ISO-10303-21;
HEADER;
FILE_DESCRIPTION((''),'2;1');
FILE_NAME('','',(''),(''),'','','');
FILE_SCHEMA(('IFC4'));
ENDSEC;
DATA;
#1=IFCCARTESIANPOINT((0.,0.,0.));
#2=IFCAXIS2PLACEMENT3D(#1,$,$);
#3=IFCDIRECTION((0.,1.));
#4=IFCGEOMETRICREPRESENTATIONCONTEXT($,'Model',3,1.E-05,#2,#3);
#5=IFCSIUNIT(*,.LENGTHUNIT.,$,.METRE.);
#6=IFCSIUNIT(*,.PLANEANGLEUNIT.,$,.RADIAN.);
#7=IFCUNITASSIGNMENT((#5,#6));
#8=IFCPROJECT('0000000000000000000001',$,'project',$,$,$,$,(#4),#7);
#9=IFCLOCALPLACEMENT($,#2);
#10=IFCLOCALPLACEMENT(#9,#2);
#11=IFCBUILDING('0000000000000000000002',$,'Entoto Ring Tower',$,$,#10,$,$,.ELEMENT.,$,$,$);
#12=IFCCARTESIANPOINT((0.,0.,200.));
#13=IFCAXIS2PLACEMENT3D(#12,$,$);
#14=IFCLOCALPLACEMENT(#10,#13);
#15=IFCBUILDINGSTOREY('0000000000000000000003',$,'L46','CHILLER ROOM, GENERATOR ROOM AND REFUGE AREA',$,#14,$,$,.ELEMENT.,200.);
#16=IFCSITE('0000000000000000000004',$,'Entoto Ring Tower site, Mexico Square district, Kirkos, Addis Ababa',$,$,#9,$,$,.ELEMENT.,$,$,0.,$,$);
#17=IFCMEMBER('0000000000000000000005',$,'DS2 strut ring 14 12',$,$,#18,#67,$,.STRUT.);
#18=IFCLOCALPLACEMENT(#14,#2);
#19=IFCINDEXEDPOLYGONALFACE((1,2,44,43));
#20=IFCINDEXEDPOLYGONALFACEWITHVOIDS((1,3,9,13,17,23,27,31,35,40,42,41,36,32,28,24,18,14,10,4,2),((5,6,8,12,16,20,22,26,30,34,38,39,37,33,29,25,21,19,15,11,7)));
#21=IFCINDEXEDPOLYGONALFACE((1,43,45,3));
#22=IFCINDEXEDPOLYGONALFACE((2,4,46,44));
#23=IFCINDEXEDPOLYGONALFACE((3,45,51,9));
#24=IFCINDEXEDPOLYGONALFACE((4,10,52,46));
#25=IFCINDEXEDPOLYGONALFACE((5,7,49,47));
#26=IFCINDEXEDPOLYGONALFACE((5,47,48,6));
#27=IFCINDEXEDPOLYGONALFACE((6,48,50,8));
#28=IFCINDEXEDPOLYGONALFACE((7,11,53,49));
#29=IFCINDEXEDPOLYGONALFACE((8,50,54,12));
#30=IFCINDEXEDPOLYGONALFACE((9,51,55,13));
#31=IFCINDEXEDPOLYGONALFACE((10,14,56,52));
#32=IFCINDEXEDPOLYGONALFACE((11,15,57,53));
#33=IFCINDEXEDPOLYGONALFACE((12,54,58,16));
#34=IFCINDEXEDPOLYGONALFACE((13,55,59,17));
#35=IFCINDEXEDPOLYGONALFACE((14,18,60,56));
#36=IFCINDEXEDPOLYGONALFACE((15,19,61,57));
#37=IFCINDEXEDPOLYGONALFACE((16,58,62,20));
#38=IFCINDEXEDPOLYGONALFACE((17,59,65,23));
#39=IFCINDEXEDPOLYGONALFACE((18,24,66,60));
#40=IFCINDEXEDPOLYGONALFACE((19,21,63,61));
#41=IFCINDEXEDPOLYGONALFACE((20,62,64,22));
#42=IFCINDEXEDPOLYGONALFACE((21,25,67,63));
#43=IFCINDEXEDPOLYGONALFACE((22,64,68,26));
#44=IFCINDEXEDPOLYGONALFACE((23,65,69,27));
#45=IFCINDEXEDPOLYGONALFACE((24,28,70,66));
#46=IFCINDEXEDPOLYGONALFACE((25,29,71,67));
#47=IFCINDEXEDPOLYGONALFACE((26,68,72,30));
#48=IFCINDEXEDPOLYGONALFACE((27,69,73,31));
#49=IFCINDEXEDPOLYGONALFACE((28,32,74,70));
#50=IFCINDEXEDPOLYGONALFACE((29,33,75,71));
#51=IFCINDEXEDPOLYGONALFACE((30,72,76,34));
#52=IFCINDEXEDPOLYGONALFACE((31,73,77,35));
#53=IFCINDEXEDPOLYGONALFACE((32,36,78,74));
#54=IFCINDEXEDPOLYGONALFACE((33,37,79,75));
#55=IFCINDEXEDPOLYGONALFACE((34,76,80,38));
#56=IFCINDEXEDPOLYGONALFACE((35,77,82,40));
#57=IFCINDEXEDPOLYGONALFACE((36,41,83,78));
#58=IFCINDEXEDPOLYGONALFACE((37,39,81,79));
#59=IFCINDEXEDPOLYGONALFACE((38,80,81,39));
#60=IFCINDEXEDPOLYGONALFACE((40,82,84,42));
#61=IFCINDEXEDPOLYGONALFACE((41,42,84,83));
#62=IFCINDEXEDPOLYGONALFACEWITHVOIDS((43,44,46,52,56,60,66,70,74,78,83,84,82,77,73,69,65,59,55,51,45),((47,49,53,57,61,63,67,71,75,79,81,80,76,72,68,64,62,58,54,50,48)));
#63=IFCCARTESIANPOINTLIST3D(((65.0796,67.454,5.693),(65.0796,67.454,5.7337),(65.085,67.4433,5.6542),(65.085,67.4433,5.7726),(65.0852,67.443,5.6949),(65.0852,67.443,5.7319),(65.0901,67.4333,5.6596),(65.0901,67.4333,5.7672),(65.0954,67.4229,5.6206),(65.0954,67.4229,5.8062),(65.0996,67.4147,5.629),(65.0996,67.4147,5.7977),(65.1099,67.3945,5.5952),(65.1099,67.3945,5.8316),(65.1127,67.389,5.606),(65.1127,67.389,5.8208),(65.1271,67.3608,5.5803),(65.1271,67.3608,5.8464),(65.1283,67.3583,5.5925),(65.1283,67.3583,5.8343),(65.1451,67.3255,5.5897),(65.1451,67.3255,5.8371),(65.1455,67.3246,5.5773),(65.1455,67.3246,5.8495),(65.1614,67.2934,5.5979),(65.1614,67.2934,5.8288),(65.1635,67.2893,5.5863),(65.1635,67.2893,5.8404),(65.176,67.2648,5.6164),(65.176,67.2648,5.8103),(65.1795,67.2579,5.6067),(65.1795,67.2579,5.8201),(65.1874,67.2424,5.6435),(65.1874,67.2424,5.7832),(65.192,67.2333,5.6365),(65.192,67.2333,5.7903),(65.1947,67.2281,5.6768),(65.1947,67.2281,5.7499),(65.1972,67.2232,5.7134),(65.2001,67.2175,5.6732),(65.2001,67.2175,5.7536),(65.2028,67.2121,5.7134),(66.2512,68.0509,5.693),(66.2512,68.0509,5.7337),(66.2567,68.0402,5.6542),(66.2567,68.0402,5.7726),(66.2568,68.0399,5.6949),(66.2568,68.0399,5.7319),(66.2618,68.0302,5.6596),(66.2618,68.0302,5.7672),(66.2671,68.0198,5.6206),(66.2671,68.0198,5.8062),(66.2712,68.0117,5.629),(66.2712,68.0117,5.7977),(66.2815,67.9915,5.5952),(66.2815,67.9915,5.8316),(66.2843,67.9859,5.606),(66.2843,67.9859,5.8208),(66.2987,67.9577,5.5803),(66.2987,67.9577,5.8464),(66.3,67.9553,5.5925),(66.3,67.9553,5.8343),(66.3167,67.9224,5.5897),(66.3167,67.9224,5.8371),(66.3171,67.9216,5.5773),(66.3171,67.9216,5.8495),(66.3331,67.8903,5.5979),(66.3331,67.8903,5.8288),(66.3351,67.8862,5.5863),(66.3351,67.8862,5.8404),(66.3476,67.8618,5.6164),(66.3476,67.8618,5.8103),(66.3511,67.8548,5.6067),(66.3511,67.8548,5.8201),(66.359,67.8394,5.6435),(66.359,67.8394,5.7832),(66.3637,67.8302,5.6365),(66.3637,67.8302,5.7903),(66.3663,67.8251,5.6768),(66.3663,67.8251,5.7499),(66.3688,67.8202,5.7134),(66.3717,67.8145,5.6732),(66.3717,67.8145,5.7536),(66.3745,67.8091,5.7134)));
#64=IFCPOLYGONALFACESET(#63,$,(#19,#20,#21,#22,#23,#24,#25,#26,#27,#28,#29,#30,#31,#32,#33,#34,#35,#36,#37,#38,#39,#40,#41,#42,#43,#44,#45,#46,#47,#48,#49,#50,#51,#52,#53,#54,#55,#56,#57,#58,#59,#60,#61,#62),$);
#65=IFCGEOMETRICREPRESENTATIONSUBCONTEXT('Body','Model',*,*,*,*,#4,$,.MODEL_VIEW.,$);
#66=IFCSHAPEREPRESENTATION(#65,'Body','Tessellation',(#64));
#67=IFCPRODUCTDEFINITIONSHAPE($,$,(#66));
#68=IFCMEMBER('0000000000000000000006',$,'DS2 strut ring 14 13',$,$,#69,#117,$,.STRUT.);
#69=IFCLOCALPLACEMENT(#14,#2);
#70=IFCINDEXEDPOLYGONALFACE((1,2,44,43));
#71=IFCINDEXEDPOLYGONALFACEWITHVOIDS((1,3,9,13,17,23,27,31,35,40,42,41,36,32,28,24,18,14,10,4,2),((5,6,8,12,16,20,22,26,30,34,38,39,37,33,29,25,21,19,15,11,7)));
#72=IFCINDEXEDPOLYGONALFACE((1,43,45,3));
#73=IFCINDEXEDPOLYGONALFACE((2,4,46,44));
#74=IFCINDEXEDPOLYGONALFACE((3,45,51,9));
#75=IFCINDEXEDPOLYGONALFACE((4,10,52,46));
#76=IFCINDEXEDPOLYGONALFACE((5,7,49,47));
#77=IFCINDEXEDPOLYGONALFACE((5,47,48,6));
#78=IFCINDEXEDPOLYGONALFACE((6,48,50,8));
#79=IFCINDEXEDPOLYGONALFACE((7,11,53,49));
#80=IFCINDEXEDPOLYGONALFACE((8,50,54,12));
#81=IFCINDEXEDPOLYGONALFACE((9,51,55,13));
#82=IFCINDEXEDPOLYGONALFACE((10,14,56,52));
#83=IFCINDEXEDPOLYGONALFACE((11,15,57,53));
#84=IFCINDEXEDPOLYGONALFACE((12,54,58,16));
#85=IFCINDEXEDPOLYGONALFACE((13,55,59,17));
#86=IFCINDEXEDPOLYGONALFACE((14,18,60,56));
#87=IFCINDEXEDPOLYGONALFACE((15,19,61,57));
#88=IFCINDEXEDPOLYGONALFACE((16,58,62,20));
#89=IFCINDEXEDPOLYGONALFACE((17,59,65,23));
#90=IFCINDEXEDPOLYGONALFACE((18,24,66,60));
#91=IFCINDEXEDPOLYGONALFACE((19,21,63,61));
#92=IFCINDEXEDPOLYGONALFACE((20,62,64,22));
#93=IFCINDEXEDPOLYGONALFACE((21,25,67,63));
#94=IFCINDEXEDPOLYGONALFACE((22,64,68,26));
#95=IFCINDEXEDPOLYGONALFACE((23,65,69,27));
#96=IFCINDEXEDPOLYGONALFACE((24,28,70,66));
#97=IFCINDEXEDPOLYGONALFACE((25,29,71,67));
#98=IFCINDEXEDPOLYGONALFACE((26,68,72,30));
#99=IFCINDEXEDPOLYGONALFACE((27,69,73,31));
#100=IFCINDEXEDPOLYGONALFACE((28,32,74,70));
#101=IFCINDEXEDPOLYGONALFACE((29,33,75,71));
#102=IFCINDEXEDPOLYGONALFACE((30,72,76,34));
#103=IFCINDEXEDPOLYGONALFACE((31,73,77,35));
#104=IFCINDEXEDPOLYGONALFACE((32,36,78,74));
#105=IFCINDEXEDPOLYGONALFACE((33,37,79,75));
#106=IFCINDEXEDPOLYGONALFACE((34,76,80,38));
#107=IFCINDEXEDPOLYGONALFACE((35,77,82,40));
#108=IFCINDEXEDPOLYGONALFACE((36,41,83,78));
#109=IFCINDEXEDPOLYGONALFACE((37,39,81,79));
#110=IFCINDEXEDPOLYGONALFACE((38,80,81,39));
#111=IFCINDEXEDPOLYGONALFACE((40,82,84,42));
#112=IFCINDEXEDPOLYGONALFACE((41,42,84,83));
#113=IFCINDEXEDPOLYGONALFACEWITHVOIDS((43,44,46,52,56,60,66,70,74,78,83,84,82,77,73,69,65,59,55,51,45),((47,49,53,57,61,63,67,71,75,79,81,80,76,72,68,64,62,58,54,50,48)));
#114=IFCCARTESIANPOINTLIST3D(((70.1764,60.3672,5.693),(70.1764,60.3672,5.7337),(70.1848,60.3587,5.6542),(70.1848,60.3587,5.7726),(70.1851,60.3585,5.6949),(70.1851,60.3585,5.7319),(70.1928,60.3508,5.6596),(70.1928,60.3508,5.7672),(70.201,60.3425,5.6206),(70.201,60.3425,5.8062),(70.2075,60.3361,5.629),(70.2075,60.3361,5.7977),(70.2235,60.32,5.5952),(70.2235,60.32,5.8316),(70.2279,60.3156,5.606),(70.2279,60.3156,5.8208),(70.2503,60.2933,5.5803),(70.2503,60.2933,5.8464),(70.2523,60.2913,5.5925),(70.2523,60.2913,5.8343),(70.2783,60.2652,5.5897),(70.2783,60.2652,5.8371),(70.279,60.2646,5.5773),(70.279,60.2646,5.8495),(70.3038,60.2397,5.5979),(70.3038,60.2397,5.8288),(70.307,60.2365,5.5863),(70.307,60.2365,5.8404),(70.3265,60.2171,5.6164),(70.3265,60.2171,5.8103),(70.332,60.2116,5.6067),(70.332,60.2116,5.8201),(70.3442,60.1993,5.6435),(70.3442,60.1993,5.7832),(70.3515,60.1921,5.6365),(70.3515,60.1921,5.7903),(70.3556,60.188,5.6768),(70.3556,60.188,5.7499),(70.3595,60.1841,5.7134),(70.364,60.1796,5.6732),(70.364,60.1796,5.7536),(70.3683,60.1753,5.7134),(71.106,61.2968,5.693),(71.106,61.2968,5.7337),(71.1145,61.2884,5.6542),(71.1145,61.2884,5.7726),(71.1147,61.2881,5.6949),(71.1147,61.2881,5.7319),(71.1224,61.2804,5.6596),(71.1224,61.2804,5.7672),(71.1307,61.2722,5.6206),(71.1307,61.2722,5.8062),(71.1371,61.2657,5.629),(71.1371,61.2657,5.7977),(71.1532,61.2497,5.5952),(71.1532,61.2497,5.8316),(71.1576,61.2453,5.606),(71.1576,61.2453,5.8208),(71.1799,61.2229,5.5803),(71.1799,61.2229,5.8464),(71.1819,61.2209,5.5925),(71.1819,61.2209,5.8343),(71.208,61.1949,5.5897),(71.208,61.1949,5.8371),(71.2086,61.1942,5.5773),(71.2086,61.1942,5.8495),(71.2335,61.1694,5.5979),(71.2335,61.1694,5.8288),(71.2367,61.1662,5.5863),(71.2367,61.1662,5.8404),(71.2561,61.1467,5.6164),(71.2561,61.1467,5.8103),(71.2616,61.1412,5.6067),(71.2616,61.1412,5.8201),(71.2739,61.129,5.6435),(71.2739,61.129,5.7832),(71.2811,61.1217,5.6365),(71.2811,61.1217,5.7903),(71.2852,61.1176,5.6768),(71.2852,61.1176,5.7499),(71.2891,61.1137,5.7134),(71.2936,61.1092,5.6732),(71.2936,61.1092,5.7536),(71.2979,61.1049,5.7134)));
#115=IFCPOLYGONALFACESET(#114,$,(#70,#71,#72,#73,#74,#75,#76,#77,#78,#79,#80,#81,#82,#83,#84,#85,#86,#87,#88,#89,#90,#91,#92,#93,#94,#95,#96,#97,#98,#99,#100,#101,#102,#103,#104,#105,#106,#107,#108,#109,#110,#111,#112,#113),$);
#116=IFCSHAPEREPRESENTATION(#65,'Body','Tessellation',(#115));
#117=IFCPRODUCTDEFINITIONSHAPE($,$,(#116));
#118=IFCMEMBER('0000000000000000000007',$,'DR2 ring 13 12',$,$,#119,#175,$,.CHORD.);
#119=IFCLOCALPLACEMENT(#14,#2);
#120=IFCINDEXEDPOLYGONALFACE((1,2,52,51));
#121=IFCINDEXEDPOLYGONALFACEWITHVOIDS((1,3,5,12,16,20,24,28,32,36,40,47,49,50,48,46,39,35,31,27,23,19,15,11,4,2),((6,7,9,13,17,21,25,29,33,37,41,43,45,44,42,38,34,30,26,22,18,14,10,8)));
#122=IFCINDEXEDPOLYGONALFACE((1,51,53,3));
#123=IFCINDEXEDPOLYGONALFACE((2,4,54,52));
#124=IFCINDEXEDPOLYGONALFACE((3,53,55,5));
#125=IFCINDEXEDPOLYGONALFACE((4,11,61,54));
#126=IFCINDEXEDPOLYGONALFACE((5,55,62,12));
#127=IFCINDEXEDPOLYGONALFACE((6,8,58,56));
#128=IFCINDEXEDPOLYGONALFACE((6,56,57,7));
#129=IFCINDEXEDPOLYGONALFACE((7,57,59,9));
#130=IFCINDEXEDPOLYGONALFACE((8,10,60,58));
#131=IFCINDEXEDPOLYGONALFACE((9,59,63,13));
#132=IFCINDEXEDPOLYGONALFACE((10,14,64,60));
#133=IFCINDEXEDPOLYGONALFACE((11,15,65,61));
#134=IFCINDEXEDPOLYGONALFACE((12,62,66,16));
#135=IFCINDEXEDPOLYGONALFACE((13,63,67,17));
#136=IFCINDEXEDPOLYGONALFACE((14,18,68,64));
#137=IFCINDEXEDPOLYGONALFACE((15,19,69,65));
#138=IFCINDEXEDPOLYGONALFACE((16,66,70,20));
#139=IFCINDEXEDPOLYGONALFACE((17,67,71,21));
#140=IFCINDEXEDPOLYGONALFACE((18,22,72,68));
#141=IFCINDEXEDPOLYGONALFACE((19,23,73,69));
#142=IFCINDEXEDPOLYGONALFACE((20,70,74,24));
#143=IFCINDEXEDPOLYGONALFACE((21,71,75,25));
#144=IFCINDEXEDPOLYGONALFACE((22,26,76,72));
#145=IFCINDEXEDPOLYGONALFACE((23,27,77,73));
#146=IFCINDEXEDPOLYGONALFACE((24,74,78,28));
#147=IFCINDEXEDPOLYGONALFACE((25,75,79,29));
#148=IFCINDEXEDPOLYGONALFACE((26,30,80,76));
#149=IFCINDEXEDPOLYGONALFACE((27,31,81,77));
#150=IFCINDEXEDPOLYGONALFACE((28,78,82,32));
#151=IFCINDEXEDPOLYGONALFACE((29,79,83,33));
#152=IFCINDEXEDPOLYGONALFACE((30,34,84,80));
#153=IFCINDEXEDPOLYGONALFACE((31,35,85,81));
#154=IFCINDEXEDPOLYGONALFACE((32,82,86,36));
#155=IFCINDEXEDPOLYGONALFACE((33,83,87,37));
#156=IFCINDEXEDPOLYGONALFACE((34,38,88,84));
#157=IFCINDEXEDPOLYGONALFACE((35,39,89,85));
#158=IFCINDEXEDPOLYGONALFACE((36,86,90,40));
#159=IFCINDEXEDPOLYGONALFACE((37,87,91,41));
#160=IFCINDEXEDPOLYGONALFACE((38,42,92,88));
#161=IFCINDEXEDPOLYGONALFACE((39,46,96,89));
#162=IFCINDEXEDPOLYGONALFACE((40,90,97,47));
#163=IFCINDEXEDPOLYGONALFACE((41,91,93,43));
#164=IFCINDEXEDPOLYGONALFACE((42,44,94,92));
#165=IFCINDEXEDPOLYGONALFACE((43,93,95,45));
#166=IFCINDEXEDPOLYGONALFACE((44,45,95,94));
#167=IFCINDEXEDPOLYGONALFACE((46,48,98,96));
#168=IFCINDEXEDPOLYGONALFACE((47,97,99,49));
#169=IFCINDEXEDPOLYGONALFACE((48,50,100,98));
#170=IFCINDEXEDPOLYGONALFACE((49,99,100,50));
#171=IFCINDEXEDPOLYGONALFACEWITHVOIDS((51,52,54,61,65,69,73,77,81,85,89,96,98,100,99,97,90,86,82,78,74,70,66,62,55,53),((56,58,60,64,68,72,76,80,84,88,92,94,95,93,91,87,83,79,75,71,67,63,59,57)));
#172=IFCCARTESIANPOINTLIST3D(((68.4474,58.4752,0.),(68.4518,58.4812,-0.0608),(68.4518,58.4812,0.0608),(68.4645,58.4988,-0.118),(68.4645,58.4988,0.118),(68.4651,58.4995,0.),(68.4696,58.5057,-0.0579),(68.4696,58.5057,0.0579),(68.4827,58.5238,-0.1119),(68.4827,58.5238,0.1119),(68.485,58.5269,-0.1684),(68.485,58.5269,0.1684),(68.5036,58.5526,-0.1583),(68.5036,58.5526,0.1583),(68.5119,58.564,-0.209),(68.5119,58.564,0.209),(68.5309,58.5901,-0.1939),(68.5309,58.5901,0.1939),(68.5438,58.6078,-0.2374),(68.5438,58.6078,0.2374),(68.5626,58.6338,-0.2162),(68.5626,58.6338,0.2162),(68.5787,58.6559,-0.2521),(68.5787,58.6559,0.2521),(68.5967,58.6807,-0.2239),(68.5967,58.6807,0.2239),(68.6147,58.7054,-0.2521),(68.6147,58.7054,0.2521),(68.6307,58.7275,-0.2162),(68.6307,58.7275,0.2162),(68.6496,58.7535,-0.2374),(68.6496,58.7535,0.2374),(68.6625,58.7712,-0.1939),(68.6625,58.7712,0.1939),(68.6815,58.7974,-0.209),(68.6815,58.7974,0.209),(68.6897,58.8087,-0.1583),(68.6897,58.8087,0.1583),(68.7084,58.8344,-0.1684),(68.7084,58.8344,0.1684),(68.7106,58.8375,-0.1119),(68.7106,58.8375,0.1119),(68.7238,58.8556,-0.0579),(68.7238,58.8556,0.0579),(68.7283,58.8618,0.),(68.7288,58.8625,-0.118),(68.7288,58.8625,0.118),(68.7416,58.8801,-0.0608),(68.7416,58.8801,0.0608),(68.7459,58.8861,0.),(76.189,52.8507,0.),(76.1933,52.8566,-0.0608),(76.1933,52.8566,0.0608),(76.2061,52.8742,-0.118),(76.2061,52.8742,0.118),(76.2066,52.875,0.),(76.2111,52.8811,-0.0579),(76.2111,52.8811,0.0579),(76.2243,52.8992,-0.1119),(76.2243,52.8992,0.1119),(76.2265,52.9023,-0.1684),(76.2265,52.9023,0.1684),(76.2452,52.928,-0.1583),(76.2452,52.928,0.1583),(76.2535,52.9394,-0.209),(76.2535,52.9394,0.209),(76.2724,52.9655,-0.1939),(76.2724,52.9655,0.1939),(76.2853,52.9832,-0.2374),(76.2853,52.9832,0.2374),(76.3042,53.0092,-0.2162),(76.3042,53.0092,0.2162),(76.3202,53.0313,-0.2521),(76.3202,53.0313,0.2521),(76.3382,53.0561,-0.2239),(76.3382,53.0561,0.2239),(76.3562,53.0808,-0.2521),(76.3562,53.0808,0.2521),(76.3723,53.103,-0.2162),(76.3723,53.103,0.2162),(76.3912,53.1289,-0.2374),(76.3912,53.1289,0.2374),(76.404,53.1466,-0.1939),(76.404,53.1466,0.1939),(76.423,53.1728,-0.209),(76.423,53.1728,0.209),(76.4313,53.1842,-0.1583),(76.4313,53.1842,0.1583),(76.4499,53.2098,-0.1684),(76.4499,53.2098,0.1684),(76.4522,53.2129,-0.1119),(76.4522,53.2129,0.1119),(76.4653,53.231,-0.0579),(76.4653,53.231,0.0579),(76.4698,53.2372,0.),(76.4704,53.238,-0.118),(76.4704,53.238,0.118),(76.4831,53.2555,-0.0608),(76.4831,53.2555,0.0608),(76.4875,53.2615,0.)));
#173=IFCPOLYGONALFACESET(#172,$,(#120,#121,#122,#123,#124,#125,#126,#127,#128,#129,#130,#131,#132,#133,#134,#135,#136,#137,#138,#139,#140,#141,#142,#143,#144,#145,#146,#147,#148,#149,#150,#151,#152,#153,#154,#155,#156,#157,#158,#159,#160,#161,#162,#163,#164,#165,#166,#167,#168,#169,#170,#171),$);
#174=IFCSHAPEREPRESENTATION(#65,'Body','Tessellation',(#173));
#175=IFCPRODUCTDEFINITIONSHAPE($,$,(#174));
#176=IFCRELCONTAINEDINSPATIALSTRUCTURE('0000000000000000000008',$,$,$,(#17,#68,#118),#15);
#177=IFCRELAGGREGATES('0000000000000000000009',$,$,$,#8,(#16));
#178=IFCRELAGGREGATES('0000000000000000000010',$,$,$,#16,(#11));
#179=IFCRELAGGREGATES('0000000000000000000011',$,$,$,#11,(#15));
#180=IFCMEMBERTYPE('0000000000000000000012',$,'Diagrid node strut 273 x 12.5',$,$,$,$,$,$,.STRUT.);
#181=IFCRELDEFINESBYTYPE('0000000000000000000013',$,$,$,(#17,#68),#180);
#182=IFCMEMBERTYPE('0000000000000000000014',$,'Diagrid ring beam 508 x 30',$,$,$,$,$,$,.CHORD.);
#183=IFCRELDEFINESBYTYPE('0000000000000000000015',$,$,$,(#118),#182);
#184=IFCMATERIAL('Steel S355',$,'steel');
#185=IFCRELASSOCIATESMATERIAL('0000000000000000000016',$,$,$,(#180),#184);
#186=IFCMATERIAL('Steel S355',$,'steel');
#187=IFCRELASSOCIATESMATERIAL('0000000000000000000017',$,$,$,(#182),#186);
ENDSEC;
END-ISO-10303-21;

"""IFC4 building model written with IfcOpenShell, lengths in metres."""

from ifc_helpers import new_model, si_unit, direction, frame, origin, origin_2d, place, context, subcontext, project, spatial, circle, hollow_circle, extrude, material, material_profile, profile_set, type_object, element, save


model = new_model("IFC4")

# Units and contexts
model_context = context("Model", 3, precision=1e-05, world=origin(), true_north=direction((0.0, 1.0)))
body_context = subcontext(model_context, "Body", "Model", "MODEL_VIEW")
ifc_project = project(units=[si_unit("LENGTHUNIT", "METRE"), si_unit("PLANEANGLEUNIT", "RADIAN")], contexts=[model_context])

# Site, building, storey
site_placement = place(None, origin())
site = spatial("IfcSite", under=ifc_project, at=site_placement, Name="Entoto Ring Tower site, Mexico Square district, Kirkos, Addis Ababa", CompositionType="ELEMENT", RefElevation=0.0)
building_placement = place(site_placement, origin())
building = spatial("IfcBuilding", under=site, at=building_placement, Name="Entoto Ring Tower", CompositionType="ELEMENT")
storey_placement = place(building_placement, frame((0.0, 0.0, 200.0)))
storey = spatial("IfcBuildingStorey", under=building, at=storey_placement, Name="L46", Description="CHILLER ROOM, GENERATOR ROOM AND REFUGE AREA", CompositionType="ELEMENT", Elevation=200.0)

# Members
ifc_material_1 = material(Name="Steel S355", Category="steel")
ifc_material_profile_1 = material_profile(ifc_material_1, hollow_circle(Radius=0.1365, WallThickness=0.0125, at=origin_2d()), Name="CHS 273 x 12.5")
ifc_material_2 = material(Name="Concrete C60/75", Category="concrete")
ifc_material_profile_2 = material_profile(ifc_material_2, circle(Radius=0.124, at=origin_2d()), Name="Concrete C60/75 infill")
ifc_profile_set_1 = profile_set([ifc_material_profile_1, ifc_material_profile_2], Name="Steel S355")
member_type_1 = type_object("IfcMemberType", Name="Diagrid node strut 273 x 12.5", PredefinedType="STRUT", material=ifc_profile_set_1)
member_1_placement = place(storey_placement, frame((66.3125, 67.9307, 5.7134), z_axis=(-0.891022, -0.453959, 0.0), x_axis=(0.453959, -0.891022, 0.0)))
element("IfcMember", 1, at=member_1_placement, inside=storey, type_object=member_type_1, Name="DS2 strut ring 14 12", PredefinedType="STRUT", context=body_context, shape_type="SweptSolid", body=[
    extrude(hollow_circle(Radius=0.1365, WallThickness=0.0125, at=origin_2d()), origin(), (0.0, 0.0, 1.0), 1.3149),
])
member_2_placement = place(storey_placement, frame((71.2014, 61.2014, 5.7134), z_axis=(-0.707107, -0.707107, 0.0), x_axis=(0.707107, -0.707107, 0.0)))
element("IfcMember", 2, at=member_2_placement, inside=storey, type_object=member_type_1, Name="DS2 strut ring 14 13", PredefinedType="STRUT", context=body_context, shape_type="SweptSolid", body=[
    extrude(hollow_circle(Radius=0.1365, WallThickness=0.0125, at=origin_2d()), origin(), (0.0, 0.0, 1.0), 1.3147),
])
ifc_material_3 = material(Name="Steel S355", Category="steel")
ifc_material_profile_3 = material_profile(ifc_material_3, hollow_circle(Radius=0.2539, WallThickness=0.03, at=origin_2d()), Name="CHS 508 x 30")
ifc_material_4 = material(Name="Concrete C60/75", Category="concrete")
ifc_material_profile_4 = material_profile(ifc_material_4, circle(Radius=0.2241, at=origin_2d()), Name="Concrete C60/75 infill")
ifc_profile_set_2 = profile_set([ifc_material_profile_3, ifc_material_profile_4], Name="Steel S355")
member_type_2 = type_object("IfcMemberType", Name="Diagrid ring beam 508 x 30", PredefinedType="CHORD", material=ifc_profile_set_2)
for number, where, z_axis, x_axis, name in (
    (3, (68.5967, 58.6807, 0.0), (0.809016, -0.587786, 0.0), (0.587786, 0.809016, 0.0), "DR2 ring 13 12"),
):
    element("IfcMember", number, at=place(storey_placement, frame(where, z_axis=z_axis, x_axis=x_axis)), inside=storey, type_object=member_type_2, Name=name, PredefinedType="CHORD", context=body_context, shape_type="SweptSolid", body=[
        extrude(hollow_circle(Radius=0.2539, WallThickness=0.03, at=origin_2d()), origin(), (0.0, 0.0, 1.0), 9.5691),
    ])

save(model, "model.ifc")
